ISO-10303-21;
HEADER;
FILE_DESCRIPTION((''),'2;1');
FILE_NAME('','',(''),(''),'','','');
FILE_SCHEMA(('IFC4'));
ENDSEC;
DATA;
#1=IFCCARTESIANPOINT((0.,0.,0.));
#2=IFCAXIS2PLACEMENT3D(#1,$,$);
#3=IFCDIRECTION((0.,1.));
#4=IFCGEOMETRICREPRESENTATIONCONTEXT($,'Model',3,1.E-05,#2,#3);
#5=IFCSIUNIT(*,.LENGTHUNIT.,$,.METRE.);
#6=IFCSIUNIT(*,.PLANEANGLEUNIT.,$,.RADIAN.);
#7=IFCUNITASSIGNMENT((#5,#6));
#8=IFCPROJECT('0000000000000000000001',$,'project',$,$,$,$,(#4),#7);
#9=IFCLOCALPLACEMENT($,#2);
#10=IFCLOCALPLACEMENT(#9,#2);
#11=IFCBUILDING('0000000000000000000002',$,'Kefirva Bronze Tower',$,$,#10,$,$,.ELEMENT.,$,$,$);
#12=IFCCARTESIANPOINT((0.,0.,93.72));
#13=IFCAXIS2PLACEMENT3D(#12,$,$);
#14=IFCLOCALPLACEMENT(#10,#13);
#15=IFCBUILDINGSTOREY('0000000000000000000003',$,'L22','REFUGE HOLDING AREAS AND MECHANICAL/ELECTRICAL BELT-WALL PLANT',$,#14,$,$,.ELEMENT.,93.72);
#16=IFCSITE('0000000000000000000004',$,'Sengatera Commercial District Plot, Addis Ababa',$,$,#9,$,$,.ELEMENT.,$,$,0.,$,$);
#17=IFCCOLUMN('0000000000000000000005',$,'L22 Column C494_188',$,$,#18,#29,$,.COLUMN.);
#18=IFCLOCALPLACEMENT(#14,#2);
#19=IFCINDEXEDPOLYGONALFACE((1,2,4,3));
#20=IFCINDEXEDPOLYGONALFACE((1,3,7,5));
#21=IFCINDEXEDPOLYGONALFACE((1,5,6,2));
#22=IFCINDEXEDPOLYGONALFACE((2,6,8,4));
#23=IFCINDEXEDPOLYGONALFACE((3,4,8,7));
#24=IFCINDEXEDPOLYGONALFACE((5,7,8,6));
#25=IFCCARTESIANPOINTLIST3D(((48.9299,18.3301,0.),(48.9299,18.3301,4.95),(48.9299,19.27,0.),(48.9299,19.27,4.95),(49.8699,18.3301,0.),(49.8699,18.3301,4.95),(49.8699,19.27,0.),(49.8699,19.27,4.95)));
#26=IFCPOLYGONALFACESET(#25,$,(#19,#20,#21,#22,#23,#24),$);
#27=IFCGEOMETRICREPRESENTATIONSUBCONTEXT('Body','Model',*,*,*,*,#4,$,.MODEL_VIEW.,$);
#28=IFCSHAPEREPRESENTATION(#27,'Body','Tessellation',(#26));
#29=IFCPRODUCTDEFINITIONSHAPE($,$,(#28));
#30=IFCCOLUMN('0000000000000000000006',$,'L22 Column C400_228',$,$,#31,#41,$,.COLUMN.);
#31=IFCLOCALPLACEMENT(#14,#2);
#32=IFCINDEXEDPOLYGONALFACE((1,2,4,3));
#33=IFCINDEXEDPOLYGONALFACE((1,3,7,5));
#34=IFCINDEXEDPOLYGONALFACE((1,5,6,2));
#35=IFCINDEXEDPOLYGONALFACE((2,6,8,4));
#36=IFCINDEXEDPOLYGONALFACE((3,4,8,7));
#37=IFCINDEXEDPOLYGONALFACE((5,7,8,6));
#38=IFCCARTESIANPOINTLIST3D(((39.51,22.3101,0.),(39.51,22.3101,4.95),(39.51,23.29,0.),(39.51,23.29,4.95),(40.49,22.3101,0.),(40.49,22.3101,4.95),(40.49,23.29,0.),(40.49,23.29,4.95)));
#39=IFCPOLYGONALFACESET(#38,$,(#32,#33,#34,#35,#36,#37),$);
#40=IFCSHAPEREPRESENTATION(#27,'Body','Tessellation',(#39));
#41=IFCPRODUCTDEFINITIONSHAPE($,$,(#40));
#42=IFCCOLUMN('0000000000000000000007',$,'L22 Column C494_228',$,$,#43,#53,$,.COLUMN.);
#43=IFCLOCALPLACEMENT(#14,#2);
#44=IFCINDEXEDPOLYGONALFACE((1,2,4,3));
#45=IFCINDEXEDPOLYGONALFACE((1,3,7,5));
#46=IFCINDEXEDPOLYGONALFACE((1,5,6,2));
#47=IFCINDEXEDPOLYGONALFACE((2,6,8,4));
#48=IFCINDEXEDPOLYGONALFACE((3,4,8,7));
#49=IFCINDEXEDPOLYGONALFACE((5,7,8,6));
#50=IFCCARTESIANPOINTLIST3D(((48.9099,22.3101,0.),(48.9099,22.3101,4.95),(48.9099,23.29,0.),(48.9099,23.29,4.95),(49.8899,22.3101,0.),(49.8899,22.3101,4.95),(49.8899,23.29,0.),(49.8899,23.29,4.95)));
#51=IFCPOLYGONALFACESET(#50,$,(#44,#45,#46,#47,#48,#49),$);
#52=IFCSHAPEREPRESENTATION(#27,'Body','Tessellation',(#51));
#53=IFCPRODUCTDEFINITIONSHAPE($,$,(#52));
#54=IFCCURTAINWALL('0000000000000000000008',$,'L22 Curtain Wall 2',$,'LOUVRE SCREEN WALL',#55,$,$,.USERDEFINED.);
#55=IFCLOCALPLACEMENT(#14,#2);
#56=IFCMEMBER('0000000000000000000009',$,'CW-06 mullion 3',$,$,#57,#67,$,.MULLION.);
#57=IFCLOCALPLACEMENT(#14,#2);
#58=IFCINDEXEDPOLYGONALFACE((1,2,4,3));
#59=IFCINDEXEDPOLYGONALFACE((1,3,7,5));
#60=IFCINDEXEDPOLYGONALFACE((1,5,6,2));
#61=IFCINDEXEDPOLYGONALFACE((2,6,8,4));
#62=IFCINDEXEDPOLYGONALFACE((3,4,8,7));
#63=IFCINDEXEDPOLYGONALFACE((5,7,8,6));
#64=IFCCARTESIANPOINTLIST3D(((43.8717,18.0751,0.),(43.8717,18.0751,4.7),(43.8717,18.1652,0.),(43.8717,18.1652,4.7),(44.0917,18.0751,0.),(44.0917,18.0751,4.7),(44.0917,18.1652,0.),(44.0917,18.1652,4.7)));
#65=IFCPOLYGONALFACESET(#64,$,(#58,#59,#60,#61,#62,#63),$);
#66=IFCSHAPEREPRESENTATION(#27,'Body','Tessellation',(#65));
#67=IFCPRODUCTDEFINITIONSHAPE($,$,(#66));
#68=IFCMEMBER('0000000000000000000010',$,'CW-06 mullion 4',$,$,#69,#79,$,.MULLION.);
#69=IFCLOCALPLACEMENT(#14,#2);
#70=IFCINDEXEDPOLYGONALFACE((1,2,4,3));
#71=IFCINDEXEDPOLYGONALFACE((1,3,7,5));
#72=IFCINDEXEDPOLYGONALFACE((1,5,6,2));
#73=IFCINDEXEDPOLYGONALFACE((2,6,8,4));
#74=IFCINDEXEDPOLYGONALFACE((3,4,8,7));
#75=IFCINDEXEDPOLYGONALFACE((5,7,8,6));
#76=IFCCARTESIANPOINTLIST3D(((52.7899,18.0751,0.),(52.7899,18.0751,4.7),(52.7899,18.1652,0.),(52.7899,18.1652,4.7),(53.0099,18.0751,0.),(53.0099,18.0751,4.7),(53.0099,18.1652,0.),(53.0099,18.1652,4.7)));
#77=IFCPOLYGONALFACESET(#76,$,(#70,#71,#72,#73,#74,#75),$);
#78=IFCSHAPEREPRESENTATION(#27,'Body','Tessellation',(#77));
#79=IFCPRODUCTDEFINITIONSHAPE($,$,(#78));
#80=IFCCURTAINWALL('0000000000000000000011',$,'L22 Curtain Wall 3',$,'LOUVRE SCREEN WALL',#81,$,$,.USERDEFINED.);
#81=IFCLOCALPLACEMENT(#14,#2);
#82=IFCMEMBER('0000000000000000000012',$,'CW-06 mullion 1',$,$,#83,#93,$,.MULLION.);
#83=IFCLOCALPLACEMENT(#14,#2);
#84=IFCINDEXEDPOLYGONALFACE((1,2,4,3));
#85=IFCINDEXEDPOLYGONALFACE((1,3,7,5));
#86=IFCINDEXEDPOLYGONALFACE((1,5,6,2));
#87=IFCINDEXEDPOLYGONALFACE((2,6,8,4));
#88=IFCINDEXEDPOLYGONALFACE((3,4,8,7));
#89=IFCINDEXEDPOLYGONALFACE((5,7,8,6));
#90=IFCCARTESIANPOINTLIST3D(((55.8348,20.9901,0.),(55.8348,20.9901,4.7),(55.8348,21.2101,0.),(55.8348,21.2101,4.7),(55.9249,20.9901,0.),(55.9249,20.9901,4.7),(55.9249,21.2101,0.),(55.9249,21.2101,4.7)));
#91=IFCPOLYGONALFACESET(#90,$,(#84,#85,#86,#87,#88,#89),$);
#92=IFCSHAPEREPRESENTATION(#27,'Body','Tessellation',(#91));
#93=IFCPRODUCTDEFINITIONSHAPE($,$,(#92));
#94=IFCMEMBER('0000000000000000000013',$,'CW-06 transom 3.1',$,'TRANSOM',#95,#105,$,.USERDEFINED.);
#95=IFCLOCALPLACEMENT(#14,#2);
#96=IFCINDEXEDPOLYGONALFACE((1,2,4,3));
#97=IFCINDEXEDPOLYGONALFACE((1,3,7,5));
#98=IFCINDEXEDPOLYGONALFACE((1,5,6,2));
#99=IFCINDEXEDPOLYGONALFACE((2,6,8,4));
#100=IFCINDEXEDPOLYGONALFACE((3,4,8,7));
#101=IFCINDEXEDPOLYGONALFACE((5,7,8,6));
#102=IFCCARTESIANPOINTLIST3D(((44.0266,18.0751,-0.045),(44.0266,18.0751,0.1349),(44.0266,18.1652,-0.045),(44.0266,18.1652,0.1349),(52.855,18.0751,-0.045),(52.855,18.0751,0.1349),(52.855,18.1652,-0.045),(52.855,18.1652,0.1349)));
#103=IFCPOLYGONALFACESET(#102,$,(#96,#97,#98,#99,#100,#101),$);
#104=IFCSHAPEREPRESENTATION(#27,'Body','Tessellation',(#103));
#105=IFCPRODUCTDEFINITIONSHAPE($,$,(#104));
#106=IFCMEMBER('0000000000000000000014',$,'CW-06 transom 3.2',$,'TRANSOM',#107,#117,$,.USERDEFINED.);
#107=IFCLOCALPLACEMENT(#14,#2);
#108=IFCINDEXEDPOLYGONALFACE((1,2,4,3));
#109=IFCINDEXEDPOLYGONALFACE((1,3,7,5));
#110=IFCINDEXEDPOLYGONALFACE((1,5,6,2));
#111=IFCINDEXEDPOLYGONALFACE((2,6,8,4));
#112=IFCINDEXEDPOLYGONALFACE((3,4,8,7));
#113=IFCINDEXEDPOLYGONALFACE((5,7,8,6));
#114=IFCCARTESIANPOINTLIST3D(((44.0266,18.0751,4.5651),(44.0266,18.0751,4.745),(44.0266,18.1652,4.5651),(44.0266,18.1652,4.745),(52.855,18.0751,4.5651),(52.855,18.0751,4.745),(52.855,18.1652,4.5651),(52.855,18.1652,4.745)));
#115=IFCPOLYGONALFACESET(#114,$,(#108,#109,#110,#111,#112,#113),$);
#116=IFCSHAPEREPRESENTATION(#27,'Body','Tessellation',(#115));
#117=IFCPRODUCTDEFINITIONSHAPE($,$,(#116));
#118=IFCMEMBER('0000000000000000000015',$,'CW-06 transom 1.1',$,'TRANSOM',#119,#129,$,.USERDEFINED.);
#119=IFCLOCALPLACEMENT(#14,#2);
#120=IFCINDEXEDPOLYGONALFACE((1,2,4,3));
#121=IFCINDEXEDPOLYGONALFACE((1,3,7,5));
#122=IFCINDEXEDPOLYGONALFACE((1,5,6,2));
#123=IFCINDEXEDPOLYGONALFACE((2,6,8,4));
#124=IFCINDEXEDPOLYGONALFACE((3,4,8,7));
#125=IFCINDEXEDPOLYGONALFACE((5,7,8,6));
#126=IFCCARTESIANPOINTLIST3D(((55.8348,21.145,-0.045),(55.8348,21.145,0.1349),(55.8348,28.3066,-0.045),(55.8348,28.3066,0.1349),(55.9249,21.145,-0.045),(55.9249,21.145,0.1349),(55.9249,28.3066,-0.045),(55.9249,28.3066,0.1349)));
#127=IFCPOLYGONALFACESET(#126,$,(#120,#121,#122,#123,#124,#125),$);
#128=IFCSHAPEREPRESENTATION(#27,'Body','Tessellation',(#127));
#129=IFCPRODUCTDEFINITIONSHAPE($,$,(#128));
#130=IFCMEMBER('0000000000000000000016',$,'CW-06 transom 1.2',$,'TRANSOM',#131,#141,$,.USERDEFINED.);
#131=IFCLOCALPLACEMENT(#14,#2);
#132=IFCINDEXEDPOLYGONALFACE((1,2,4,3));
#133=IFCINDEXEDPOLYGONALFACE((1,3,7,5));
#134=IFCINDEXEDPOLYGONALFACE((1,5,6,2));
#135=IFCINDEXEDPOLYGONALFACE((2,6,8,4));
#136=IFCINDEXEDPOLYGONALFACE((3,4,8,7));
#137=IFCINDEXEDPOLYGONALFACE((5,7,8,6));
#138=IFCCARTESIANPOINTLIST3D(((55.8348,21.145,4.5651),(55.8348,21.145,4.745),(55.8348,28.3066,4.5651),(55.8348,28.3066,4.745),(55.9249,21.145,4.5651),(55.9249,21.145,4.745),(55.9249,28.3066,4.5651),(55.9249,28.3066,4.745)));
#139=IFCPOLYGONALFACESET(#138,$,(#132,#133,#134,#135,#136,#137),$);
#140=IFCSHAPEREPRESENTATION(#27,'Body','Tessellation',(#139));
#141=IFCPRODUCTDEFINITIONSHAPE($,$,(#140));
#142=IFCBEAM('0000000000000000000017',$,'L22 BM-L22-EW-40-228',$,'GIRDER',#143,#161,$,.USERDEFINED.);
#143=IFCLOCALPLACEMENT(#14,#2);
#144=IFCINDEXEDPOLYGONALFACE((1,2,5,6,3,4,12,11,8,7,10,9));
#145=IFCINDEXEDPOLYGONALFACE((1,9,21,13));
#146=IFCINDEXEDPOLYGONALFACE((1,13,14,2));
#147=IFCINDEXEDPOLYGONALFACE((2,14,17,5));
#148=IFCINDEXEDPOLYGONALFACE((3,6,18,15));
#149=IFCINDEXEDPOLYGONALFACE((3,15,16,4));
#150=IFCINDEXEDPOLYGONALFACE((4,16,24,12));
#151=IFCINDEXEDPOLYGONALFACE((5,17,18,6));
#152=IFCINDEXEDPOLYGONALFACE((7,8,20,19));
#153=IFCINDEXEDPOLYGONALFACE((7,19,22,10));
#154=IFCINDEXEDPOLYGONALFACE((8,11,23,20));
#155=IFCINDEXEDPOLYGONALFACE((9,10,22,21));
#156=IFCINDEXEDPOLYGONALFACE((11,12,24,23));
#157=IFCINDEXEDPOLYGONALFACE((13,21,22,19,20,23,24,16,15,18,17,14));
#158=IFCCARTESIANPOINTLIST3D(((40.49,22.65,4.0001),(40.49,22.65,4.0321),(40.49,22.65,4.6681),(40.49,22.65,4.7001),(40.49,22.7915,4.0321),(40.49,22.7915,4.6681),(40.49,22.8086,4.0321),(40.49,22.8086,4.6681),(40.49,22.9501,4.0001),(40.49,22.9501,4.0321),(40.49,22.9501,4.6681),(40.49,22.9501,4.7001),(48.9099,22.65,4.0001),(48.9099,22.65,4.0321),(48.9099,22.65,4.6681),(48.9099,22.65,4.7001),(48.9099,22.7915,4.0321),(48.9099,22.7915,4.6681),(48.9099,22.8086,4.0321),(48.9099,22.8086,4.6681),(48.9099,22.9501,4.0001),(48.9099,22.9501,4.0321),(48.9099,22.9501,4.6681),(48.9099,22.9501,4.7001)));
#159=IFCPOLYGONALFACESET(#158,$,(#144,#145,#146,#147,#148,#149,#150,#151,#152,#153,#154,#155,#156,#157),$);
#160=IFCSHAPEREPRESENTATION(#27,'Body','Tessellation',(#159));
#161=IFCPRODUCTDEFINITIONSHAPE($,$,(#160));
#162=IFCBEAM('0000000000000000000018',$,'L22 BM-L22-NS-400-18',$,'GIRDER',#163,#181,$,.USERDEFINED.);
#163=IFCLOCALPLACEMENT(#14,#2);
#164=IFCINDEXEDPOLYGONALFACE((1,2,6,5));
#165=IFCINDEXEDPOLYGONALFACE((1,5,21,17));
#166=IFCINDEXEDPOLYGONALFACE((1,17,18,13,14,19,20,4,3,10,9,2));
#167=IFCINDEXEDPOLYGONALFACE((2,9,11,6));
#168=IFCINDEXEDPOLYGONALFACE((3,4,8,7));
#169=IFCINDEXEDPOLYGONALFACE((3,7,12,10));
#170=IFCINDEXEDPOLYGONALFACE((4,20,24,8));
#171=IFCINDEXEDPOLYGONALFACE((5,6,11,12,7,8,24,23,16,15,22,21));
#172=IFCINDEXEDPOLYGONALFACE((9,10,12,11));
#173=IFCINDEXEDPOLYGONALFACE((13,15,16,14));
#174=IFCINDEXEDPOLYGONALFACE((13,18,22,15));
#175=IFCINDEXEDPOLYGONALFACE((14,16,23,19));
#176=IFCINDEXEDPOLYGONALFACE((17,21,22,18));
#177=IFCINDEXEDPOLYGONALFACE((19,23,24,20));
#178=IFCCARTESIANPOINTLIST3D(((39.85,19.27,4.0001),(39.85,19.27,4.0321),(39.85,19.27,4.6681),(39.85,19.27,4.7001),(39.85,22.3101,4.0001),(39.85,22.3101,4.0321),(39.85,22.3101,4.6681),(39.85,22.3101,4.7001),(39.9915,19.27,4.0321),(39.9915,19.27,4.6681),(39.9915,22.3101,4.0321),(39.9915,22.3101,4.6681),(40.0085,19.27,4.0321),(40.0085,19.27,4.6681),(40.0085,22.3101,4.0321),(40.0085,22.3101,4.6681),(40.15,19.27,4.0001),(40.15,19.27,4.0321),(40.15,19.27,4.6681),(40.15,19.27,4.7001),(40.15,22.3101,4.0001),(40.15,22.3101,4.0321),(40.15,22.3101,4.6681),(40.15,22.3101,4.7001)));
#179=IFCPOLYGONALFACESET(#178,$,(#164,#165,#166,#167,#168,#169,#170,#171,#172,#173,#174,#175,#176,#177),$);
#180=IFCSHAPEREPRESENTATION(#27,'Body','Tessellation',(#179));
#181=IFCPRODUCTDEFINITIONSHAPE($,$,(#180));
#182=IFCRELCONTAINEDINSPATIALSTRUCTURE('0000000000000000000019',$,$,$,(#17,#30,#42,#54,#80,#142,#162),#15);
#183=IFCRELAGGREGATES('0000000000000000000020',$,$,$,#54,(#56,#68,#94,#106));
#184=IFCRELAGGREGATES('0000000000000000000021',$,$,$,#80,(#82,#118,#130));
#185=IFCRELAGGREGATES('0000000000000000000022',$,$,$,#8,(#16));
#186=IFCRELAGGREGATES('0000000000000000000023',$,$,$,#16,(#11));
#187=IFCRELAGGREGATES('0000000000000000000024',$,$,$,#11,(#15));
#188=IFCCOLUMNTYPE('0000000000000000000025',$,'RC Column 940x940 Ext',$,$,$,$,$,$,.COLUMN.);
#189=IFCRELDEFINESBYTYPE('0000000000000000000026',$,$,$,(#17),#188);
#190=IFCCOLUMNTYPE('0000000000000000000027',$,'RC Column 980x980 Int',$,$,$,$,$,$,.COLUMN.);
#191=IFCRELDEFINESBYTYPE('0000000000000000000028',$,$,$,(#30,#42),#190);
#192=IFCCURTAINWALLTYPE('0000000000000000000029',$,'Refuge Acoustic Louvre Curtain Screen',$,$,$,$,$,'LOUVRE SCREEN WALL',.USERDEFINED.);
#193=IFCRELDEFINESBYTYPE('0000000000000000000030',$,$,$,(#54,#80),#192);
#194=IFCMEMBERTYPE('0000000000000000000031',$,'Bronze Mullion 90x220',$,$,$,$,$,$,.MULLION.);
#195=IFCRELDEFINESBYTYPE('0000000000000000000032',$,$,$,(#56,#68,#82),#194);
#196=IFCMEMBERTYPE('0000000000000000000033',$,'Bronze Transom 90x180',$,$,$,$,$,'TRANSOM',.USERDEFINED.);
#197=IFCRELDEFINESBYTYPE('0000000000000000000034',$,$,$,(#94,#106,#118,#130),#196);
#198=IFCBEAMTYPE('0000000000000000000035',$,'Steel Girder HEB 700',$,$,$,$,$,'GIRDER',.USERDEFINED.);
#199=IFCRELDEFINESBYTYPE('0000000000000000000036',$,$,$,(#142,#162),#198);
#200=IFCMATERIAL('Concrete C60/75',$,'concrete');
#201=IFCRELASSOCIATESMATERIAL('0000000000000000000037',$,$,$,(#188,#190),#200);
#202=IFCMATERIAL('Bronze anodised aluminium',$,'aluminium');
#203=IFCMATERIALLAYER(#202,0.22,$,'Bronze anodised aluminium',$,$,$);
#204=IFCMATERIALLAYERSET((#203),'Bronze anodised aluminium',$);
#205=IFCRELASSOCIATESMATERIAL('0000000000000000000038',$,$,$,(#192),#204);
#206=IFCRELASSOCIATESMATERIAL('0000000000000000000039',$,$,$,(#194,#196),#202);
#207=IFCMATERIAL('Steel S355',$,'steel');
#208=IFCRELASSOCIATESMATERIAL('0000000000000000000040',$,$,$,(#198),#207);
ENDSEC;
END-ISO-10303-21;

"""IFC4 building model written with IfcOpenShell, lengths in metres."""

from ifc_helpers import new_model, si_unit, direction, frame, origin, origin_2d, place, context, subcontext, project, spatial, rectangle, i_section, extrude, material, layer, layer_set, material_profile, profile_set, type_object, element, aggregate, save


model = new_model("IFC4")

# Units and contexts
model_context = context("Model", 3, precision=1e-05, world=origin(), true_north=direction((0.0, 1.0)))
body_context = subcontext(model_context, "Body", "Model", "MODEL_VIEW")
ifc_project = project(units=[si_unit("LENGTHUNIT", "METRE"), si_unit("PLANEANGLEUNIT", "RADIAN")], contexts=[model_context])

# Site, building, storey
site_placement = place(None, origin())
site = spatial("IfcSite", under=ifc_project, at=site_placement, Name="Sengatera Commercial District Plot, Addis Ababa", CompositionType="ELEMENT", RefElevation=0.0)
building_placement = place(site_placement, origin())
building = spatial("IfcBuilding", under=site, at=building_placement, Name="Kefirva Bronze Tower", CompositionType="ELEMENT")
storey_placement = place(building_placement, frame((0.0, 0.0, 93.72)))
storey = spatial("IfcBuildingStorey", under=building, at=storey_placement, Name="L22", Description="REFUGE HOLDING AREAS AND MECHANICAL/ELECTRICAL BELT-WALL PLANT", CompositionType="ELEMENT", Elevation=93.72)

# Columns
ifc_material_1 = material(Name="Concrete C60/75", Category="concrete")
ifc_material_profile_1 = material_profile(ifc_material_1, rectangle(XDim=0.9399, YDim=0.9399, at=origin_2d()), Name="RC 940x940")
ifc_profile_set_1 = profile_set([ifc_material_profile_1], Name="Concrete C60/75")
column_type_1 = type_object("IfcColumnType", Name="RC Column 940x940 Ext", PredefinedType="COLUMN", material=ifc_profile_set_1)
column_placement = place(storey_placement, frame((49.3999, 18.8, 0.0), z_axis=(0.0, 0.0, 1.0), x_axis=(1.0, 0.0, 0.0)))
element("IfcColumn", 1, at=column_placement, inside=storey, type_object=column_type_1, Name="L22 Column C494_188", PredefinedType="COLUMN", context=body_context, shape_type="SweptSolid", body=[
    extrude(rectangle(XDim=0.9399, YDim=0.9399, at=origin_2d()), origin(), (0.0, 0.0, 1.0), 4.95),
])
ifc_material_profile_2 = material_profile(ifc_material_1, rectangle(XDim=0.98, YDim=0.98, at=origin_2d()), Name="RC 980x980")
ifc_profile_set_2 = profile_set([ifc_material_profile_2], Name="Concrete C60/75")
column_type_2 = type_object("IfcColumnType", Name="RC Column 980x980 Int", PredefinedType="COLUMN", material=ifc_profile_set_2)
for number, where, z_axis, x_axis, name in (
    (2, (40.0, 22.8, 0.0), (0.0, 0.0, 1.0), (1.0, 0.0, 0.0), "L22 Column C400_228"),
    (3, (49.3999, 22.8, 0.0), (0.0, 0.0, 1.0), (1.0, 0.0, 0.0), "L22 Column C494_228"),
):
    element("IfcColumn", number, at=place(storey_placement, frame(where, z_axis=z_axis, x_axis=x_axis)), inside=storey, type_object=column_type_2, Name=name, PredefinedType="COLUMN", context=body_context, shape_type="SweptSolid", body=[
        extrude(rectangle(XDim=0.98, YDim=0.98, at=origin_2d()), origin(), (0.0, 0.0, 1.0), 4.95),
    ])

# Curtain wall, members
ifc_material_2 = material(Name="Bronze anodised aluminium", Category="aluminium")
ifc_layer_1 = layer(ifc_material_2, 0.22, Name="Bronze anodised aluminium")
ifc_layer_set_1 = layer_set([ifc_layer_1], Name="Bronze anodised aluminium")
curtain_wall_type = type_object("IfcCurtainWallType", Name="Refuge Acoustic Louvre Curtain Screen", ElementType="LOUVRE SCREEN WALL", PredefinedType="USERDEFINED", material=ifc_layer_set_1)
curtain_wall_1_placement = place(storey_placement, origin())
curtain_wall_1 = element("IfcCurtainWall", 4, at=curtain_wall_1_placement, inside=storey, type_object=curtain_wall_type, Name="L22 Curtain Wall 2", ObjectType="LOUVRE SCREEN WALL", PredefinedType="USERDEFINED")
ifc_material_profile_3 = material_profile(ifc_material_2, rectangle(XDim=0.0901, YDim=0.22, at=origin_2d()), Name="ALU 90x220")
ifc_profile_set_3 = profile_set([ifc_material_profile_3], Name="Bronze anodised aluminium")
member_type_1 = type_object("IfcMemberType", Name="Bronze Mullion 90x220", PredefinedType="MULLION", material=ifc_profile_set_3)
member_1_placement = place(storey_placement, frame((43.9817, 18.1201, 0.0), z_axis=(0.0, 0.0, 1.0), x_axis=(0.0, 1.0, 0.0)))
member_1 = element("IfcMember", 5, at=member_1_placement, type_object=member_type_1, Name="CW-06 mullion 3", PredefinedType="MULLION", context=body_context, shape_type="SweptSolid", body=[
    extrude(rectangle(XDim=0.0901, YDim=0.22, at=origin_2d()), origin(), (0.0, 0.0, 1.0), 4.7),
])
member_2_placement = place(storey_placement, frame((52.8999, 18.1201, 0.0), z_axis=(0.0, 0.0, 1.0), x_axis=(0.0, 1.0, 0.0)))
member_2 = element("IfcMember", 6, at=member_2_placement, type_object=member_type_1, Name="CW-06 mullion 4", PredefinedType="MULLION", context=body_context, shape_type="SweptSolid", body=[
    extrude(rectangle(XDim=0.0901, YDim=0.22, at=origin_2d()), origin(), (0.0, 0.0, 1.0), 4.7),
])

# Curtain wall, member
curtain_wall_2_placement = place(storey_placement, origin())
curtain_wall_2 = element("IfcCurtainWall", 7, at=curtain_wall_2_placement, inside=storey, type_object=curtain_wall_type, Name="L22 Curtain Wall 3", ObjectType="LOUVRE SCREEN WALL", PredefinedType="USERDEFINED")
member_3_placement = place(storey_placement, frame((55.8799, 21.1001, 0.0), z_axis=(0.0, 0.0, 1.0), x_axis=(-1.0, 0.0, 0.0)))
member_3 = element("IfcMember", 8, at=member_3_placement, type_object=member_type_1, Name="CW-06 mullion 1", PredefinedType="MULLION", context=body_context, shape_type="SweptSolid", body=[
    extrude(rectangle(XDim=0.0901, YDim=0.22, at=origin_2d()), origin(), (0.0, 0.0, 1.0), 4.7),
])

# Members
ifc_material_profile_4 = material_profile(ifc_material_2, rectangle(XDim=0.0901, YDim=0.1799, at=origin_2d()), Name="ALU 90x180")
ifc_profile_set_4 = profile_set([ifc_material_profile_4], Name="Bronze anodised aluminium")
member_type_2 = type_object("IfcMemberType", Name="Bronze Transom 90x180", ElementType="TRANSOM", PredefinedType="USERDEFINED", material=ifc_profile_set_4)
member_4_placement = place(storey_placement, frame((44.0266, 18.1201, 0.0449), z_axis=(1.0, 0.0, 0.0), x_axis=(0.0, 1.0, 0.0)))
member_4 = element("IfcMember", 9, at=member_4_placement, type_object=member_type_2, Name="CW-06 transom 3.1", ObjectType="TRANSOM", PredefinedType="USERDEFINED", context=body_context, shape_type="SweptSolid", body=[
    extrude(rectangle(XDim=0.0901, YDim=0.1799, at=origin_2d()), origin(), (0.0, 0.0, 1.0), 8.8284),
])
member_5_placement = place(storey_placement, frame((44.0266, 18.1201, 4.655), z_axis=(1.0, 0.0, 0.0), x_axis=(0.0, 1.0, 0.0)))
member_5 = element("IfcMember", 10, at=member_5_placement, type_object=member_type_2, Name="CW-06 transom 3.2", ObjectType="TRANSOM", PredefinedType="USERDEFINED", context=body_context, shape_type="SweptSolid", body=[
    extrude(rectangle(XDim=0.0901, YDim=0.1799, at=origin_2d()), origin(), (0.0, 0.0, 1.0), 8.8284),
])
member_6_placement = place(storey_placement, frame((55.8799, 21.145, 0.0449), z_axis=(0.0, 1.0, 0.0), x_axis=(-1.0, 0.0, 0.0)))
member_6 = element("IfcMember", 11, at=member_6_placement, type_object=member_type_2, Name="CW-06 transom 1.1", ObjectType="TRANSOM", PredefinedType="USERDEFINED", context=body_context, shape_type="SweptSolid", body=[
    extrude(rectangle(XDim=0.0901, YDim=0.1799, at=origin_2d()), origin(), (0.0, 0.0, 1.0), 7.1616),
])
member_7_placement = place(storey_placement, frame((55.8799, 21.145, 4.655), z_axis=(0.0, 1.0, 0.0), x_axis=(-1.0, 0.0, 0.0)))
member_7 = element("IfcMember", 12, at=member_7_placement, type_object=member_type_2, Name="CW-06 transom 1.2", ObjectType="TRANSOM", PredefinedType="USERDEFINED", context=body_context, shape_type="SweptSolid", body=[
    extrude(rectangle(XDim=0.0901, YDim=0.1799, at=origin_2d()), origin(), (0.0, 0.0, 1.0), 7.1616),
])

# Beams
ifc_material_3 = material(Name="Steel S355", Category="steel")
ifc_material_profile_5 = material_profile(ifc_material_3, i_section(OverallWidth=0.3, OverallDepth=0.7, WebThickness=0.0171, FlangeThickness=0.032, at=origin_2d()), Name="HEB 700")
ifc_profile_set_5 = profile_set([ifc_material_profile_5], Name="Steel S355")
beam_type_1 = type_object("IfcBeamType", Name="Steel Girder HEB 700", ElementType="GIRDER", PredefinedType="USERDEFINED", material=ifc_profile_set_5)
beam_1_placement = place(storey_placement, frame((40.49, 22.8, 4.3501), z_axis=(1.0, 0.0, 0.0), x_axis=(0.0, 1.0, 0.0)))
element("IfcBeam", 13, at=beam_1_placement, inside=storey, type_object=beam_type_1, Name="L22 BM-L22-EW-40-228", ObjectType="GIRDER", PredefinedType="USERDEFINED", context=body_context, shape_type="SweptSolid", body=[
    extrude(i_section(OverallWidth=0.3, OverallDepth=0.7, WebThickness=0.0171, FlangeThickness=0.032, at=origin_2d()), origin(), (0.0, 0.0, 1.0), 8.4199),
])
beam_2_placement = place(storey_placement, frame((40.0, 19.27, 4.3501), z_axis=(0.0, 1.0, 0.0), x_axis=(-1.0, 0.0, 0.0)))
element("IfcBeam", 14, at=beam_2_placement, inside=storey, type_object=beam_type_1, Name="L22 BM-L22-NS-400-18", ObjectType="GIRDER", PredefinedType="USERDEFINED", context=body_context, shape_type="SweptSolid", body=[
    extrude(i_section(OverallWidth=0.3, OverallDepth=0.7, WebThickness=0.0171, FlangeThickness=0.032, at=origin_2d()), origin(), (0.0, 0.0, 1.0), 3.04),
])

aggregate(curtain_wall_1, [member_1, member_2, member_4, member_5])
aggregate(curtain_wall_2, [member_3, member_6, member_7])

save(model, "model.ifc")
